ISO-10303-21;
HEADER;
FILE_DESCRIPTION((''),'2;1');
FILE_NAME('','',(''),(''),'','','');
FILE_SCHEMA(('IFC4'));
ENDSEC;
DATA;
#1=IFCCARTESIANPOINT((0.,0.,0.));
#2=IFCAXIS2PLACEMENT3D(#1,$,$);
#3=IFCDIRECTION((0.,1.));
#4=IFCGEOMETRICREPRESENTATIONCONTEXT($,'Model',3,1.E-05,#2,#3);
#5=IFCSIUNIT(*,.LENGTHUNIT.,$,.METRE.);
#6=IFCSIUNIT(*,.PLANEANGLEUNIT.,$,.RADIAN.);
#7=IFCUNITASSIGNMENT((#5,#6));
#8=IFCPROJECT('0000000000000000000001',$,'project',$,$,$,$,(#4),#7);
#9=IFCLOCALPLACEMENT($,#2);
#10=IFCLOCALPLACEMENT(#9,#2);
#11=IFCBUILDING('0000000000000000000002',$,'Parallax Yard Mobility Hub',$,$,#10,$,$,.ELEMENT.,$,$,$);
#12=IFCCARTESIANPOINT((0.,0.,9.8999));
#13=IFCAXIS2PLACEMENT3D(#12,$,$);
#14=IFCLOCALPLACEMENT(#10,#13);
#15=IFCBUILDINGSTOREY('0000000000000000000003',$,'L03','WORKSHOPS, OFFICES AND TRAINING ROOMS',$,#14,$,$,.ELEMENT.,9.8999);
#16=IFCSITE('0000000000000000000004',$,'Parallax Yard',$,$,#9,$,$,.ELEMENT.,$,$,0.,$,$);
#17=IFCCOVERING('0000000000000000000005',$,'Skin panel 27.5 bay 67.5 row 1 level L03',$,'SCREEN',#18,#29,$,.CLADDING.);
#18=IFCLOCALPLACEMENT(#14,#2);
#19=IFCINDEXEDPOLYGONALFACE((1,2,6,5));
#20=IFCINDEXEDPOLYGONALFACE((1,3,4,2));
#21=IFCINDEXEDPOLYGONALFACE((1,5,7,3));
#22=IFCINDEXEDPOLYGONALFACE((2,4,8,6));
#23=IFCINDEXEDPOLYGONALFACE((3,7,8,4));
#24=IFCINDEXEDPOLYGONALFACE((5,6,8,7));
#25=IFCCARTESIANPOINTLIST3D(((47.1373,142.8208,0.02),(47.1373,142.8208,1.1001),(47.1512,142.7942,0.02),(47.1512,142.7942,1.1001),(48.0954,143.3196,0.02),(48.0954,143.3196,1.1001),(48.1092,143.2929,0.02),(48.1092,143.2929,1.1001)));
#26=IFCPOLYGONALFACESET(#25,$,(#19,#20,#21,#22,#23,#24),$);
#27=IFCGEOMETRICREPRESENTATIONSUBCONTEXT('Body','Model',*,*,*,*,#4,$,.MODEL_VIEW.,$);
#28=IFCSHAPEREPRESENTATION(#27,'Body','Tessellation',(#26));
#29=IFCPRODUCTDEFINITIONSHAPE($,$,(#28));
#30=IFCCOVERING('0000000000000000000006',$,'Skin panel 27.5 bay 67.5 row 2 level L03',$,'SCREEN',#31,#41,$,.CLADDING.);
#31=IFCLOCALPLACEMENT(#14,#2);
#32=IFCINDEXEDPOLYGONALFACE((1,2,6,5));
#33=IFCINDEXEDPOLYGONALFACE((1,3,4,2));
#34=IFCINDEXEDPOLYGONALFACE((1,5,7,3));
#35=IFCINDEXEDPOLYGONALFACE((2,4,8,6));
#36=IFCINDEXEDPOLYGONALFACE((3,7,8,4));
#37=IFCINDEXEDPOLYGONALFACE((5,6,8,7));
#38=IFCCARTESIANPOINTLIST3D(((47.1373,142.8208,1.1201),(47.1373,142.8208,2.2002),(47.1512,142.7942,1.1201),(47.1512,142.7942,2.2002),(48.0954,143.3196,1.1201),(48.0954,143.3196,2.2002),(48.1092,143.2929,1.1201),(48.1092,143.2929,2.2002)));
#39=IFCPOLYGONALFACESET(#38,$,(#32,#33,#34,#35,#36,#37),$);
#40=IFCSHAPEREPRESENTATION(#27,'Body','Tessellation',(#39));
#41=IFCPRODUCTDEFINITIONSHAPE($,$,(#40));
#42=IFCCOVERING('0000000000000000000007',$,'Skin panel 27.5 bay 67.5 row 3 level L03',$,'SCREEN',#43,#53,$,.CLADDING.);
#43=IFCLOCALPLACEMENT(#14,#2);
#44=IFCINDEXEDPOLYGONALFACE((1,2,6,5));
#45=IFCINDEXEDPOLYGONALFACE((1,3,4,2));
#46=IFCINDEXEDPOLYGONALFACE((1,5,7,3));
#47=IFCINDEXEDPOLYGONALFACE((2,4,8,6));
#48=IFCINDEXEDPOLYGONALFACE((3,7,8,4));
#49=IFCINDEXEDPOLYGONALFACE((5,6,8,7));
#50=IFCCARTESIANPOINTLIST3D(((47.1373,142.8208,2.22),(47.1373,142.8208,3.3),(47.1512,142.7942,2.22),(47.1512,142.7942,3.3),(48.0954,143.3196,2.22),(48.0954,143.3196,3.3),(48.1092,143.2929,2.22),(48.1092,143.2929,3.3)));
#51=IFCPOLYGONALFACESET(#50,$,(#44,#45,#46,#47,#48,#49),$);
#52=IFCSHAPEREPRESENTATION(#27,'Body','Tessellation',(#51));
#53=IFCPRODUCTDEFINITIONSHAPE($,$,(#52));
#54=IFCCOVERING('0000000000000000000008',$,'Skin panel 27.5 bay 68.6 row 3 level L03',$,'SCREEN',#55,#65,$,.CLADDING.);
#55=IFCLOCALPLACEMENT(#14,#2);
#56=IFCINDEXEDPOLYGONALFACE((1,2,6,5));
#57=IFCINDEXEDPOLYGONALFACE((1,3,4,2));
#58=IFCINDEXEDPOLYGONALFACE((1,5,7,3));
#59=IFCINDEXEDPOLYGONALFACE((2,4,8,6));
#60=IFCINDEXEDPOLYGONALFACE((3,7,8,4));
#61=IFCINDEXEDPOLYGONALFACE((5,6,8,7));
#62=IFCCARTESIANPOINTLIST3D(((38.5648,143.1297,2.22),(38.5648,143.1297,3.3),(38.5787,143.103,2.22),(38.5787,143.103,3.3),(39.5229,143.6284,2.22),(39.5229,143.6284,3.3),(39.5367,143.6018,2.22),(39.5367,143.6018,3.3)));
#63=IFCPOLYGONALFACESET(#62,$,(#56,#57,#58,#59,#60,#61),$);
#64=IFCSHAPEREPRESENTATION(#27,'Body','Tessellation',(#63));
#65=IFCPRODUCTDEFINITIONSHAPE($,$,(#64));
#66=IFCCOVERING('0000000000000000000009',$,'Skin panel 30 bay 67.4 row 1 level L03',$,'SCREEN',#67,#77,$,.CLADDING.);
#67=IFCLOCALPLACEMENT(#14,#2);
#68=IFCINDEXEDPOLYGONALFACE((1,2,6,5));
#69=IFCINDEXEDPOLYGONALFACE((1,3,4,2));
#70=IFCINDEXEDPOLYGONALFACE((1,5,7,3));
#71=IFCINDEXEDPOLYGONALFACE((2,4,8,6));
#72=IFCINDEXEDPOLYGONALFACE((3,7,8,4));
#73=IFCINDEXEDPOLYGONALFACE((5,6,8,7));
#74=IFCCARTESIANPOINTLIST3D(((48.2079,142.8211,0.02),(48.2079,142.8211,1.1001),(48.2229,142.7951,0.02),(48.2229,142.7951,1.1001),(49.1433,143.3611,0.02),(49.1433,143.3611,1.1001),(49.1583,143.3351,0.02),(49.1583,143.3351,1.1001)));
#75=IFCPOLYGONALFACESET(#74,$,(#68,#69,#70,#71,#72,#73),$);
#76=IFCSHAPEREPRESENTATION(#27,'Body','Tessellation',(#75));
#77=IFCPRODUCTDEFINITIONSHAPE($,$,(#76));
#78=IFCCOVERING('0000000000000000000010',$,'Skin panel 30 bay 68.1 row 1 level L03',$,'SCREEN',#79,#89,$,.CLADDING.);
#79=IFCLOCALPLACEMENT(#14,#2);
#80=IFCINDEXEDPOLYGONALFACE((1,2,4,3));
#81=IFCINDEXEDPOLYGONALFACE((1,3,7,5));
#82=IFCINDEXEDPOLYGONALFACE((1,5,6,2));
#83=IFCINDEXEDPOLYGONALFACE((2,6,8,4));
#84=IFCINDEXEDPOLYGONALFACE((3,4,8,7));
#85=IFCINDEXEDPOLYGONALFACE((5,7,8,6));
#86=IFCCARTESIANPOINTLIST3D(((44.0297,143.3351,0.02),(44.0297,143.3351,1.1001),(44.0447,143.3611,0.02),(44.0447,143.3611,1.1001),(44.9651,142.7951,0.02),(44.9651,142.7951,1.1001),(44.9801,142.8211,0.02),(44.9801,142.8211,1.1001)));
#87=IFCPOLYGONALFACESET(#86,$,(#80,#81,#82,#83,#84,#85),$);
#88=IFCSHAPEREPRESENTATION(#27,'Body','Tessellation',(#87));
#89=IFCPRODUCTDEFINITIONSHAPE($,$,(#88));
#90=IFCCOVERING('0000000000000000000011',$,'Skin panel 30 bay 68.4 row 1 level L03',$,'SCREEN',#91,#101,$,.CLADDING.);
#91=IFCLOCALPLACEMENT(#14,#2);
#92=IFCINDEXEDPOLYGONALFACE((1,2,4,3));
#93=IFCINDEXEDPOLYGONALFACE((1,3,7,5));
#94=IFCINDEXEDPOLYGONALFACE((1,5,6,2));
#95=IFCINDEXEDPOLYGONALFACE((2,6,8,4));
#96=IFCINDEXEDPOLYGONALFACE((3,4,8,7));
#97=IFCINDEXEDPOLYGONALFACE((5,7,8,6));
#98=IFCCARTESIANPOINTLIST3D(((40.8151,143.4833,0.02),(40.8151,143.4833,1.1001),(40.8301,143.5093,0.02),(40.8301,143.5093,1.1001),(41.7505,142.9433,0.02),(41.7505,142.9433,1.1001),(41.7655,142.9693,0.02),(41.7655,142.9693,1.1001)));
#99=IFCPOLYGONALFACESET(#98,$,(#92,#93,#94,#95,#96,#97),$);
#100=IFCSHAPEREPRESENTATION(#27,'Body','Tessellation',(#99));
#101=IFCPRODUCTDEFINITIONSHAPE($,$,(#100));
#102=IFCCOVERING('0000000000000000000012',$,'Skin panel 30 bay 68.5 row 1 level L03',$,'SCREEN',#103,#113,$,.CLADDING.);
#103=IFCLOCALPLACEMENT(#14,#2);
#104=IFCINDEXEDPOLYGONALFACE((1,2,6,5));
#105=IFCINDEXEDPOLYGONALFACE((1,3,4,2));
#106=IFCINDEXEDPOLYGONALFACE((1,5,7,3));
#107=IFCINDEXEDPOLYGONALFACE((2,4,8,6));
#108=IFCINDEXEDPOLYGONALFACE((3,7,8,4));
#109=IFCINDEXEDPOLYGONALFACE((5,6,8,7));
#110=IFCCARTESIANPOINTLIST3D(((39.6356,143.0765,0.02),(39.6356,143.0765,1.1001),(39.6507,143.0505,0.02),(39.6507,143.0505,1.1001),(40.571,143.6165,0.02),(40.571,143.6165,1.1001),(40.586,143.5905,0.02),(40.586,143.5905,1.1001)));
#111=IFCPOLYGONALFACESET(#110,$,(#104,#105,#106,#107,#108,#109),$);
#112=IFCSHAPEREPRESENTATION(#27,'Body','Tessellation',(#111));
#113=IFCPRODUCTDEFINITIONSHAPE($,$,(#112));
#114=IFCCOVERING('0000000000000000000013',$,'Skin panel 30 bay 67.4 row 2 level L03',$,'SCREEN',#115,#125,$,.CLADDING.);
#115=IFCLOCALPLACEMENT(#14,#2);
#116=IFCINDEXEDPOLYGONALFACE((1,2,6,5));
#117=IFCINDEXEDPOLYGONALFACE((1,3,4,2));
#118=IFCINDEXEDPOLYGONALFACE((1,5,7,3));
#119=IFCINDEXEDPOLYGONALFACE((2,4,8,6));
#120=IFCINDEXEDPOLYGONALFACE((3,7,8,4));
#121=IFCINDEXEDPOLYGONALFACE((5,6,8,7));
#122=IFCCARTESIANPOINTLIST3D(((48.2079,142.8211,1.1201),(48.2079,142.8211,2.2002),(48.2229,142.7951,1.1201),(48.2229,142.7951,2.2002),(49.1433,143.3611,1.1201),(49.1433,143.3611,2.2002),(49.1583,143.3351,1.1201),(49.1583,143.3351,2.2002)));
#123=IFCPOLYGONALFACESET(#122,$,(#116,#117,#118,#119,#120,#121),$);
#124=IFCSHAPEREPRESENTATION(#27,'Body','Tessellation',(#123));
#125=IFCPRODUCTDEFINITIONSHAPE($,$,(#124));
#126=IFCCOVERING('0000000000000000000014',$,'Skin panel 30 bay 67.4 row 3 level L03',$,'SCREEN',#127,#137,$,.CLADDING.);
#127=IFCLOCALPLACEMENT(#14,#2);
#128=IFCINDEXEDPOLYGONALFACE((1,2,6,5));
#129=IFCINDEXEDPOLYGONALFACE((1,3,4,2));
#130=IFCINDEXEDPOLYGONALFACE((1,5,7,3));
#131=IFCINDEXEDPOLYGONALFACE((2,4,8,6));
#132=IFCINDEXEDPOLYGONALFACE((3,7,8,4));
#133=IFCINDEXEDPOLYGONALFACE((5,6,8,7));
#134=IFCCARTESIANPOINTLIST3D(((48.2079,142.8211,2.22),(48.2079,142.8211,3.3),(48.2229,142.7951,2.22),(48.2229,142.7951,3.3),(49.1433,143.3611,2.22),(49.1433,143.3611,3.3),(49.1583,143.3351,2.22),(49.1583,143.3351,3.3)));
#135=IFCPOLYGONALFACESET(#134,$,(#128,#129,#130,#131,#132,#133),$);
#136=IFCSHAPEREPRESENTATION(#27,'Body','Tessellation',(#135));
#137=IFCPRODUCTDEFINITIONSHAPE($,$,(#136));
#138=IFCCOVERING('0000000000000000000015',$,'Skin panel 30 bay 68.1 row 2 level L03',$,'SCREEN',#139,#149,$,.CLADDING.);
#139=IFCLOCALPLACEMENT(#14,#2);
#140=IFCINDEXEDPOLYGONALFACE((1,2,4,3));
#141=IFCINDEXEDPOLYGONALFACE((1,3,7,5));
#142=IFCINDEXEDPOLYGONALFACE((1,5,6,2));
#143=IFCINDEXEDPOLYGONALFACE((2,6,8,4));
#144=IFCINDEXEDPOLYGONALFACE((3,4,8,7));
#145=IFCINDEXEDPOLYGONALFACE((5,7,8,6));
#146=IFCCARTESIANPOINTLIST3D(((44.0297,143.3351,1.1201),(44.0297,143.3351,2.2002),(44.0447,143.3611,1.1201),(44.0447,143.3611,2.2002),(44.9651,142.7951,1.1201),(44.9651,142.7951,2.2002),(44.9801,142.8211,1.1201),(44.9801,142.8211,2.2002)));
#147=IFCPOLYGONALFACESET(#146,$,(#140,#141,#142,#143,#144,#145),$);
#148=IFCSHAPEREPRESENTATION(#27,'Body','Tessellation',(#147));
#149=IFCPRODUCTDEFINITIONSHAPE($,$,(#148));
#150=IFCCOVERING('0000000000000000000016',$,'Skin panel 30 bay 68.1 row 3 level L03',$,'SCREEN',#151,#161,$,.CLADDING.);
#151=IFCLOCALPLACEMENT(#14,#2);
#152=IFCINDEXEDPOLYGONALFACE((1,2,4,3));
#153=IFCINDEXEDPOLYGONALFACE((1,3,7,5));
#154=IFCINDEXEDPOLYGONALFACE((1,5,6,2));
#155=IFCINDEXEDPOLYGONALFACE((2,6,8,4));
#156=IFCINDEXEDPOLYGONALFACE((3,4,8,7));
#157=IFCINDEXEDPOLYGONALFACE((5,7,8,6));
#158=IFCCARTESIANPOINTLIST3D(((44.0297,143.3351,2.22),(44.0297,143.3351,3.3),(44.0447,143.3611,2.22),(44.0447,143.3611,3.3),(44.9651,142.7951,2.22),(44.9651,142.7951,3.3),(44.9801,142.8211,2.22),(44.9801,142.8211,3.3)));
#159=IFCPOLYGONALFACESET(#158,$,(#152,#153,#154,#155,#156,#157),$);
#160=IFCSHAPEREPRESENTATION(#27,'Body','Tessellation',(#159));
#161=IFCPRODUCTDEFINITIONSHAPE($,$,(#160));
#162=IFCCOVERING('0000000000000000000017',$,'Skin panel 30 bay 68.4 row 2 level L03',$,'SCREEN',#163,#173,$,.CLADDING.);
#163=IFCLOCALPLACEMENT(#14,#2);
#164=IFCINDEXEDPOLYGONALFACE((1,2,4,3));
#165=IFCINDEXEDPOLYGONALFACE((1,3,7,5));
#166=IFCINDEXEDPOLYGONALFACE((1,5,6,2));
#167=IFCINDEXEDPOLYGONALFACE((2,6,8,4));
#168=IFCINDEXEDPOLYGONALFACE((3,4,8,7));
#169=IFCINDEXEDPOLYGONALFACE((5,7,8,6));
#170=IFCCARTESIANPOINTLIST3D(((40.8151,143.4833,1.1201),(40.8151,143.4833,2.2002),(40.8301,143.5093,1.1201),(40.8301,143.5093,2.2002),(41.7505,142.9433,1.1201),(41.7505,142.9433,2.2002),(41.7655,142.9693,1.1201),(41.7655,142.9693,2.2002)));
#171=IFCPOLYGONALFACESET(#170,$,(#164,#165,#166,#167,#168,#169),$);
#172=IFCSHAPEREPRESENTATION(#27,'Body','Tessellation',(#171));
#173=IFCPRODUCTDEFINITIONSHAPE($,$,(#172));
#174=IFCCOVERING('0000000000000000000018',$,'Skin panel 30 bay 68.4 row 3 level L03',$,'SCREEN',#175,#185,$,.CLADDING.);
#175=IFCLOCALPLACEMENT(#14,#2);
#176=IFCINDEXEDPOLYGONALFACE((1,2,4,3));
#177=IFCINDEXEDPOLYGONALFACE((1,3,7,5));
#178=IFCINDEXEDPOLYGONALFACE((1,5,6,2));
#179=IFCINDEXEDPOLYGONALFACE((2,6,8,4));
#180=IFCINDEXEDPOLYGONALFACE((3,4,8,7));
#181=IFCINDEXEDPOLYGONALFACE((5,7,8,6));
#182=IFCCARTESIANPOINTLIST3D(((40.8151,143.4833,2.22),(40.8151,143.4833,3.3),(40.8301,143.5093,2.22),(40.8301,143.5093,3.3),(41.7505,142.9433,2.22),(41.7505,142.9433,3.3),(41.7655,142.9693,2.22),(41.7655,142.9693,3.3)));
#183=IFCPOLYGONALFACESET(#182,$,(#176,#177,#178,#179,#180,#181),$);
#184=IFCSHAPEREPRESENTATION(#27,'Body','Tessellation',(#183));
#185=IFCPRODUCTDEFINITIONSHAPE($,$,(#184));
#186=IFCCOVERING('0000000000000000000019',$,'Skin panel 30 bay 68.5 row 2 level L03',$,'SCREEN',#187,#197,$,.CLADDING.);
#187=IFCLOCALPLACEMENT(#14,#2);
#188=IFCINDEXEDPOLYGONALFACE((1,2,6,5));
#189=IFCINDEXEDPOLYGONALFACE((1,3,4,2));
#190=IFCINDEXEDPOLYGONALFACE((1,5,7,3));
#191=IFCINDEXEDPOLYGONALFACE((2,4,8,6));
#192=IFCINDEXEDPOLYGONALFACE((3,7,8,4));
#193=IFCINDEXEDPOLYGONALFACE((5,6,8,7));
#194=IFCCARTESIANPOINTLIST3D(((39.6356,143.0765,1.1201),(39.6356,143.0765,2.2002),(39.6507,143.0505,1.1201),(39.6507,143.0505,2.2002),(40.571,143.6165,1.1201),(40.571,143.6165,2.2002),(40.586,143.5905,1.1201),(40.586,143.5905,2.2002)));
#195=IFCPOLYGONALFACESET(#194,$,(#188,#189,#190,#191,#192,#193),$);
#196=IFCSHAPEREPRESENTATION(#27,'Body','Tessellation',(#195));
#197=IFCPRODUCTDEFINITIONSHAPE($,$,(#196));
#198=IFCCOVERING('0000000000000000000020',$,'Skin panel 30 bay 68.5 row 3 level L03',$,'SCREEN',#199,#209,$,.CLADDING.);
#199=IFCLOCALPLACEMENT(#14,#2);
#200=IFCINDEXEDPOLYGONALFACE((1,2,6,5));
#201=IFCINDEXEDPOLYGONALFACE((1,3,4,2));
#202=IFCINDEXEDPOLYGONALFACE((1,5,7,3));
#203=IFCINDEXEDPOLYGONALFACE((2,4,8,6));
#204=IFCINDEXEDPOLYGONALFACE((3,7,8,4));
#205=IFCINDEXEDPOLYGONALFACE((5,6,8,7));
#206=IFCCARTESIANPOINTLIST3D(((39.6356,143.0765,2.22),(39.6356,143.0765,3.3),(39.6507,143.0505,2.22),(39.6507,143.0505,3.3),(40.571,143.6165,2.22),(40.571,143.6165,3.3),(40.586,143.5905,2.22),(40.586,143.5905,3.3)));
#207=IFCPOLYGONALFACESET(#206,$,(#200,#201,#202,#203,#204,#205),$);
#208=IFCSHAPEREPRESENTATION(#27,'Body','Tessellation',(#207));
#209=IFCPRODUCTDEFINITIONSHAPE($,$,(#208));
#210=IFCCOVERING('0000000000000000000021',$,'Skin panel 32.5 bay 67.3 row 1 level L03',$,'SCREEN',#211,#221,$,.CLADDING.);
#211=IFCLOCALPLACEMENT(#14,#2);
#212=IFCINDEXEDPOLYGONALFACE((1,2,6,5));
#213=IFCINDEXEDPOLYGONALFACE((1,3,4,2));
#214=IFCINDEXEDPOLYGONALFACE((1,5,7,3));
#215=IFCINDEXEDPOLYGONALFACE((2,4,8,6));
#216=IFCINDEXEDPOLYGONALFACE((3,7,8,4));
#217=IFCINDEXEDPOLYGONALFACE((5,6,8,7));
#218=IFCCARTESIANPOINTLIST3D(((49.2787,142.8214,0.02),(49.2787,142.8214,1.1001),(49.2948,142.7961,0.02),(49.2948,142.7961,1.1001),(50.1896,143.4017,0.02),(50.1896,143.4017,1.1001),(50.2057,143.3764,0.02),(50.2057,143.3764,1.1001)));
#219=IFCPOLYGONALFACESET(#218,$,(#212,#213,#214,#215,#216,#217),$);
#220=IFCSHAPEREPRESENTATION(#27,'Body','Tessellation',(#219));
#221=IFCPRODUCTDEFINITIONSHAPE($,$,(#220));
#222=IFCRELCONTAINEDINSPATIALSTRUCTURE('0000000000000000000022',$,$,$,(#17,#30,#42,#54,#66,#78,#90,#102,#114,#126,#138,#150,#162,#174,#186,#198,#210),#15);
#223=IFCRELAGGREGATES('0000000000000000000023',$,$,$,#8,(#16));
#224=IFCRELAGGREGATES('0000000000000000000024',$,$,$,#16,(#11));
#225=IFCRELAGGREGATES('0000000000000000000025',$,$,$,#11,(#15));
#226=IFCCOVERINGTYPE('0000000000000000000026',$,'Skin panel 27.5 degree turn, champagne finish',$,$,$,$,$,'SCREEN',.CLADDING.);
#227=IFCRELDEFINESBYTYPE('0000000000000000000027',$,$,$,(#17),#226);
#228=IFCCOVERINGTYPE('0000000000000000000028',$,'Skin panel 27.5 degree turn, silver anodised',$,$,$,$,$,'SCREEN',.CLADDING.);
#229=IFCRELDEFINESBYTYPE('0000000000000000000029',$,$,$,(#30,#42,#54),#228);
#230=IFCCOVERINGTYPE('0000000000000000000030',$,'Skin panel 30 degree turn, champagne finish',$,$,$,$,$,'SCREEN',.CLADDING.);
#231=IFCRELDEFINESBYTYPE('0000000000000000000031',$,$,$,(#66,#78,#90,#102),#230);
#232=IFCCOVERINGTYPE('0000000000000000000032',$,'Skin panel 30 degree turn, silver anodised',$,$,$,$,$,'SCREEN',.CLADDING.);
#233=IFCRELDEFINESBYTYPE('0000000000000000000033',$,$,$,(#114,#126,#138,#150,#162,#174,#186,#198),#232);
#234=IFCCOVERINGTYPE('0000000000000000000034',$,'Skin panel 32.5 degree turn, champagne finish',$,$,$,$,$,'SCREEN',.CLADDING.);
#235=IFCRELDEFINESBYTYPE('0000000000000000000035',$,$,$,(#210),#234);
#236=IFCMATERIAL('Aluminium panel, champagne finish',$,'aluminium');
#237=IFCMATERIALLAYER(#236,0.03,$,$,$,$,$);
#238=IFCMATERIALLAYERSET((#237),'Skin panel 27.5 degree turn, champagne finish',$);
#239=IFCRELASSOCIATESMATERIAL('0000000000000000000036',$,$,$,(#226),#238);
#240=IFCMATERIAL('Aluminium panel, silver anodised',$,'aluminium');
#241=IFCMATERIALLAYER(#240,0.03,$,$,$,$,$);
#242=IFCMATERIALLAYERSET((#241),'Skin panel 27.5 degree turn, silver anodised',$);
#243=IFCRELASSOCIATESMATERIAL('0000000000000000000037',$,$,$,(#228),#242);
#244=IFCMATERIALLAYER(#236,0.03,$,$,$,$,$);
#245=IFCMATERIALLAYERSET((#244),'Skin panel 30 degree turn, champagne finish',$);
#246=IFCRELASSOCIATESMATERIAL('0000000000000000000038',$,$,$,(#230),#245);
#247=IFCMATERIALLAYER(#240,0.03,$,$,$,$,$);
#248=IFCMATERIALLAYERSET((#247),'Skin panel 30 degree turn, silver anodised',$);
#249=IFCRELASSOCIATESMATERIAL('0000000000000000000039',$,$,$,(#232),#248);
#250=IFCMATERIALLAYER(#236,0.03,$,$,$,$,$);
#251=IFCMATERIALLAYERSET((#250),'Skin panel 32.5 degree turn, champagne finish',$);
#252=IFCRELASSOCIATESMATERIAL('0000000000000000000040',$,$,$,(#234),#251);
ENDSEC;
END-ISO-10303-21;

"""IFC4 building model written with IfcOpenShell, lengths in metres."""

from ifc_helpers import new_model, si_unit, direction, frame, origin, origin_2d, place, context, subcontext, project, spatial, rectangle, extrude, material, layer, layer_set, type_object, element, save


model = new_model("IFC4")

# Units and contexts
model_context = context("Model", 3, precision=1e-05, world=origin(), true_north=direction((0.0, 1.0)))
body_context = subcontext(model_context, "Body", "Model", "MODEL_VIEW")
ifc_project = project(units=[si_unit("LENGTHUNIT", "METRE"), si_unit("PLANEANGLEUNIT", "RADIAN")], contexts=[model_context])

# Site, building, storey
site_placement = place(None, origin())
site = spatial("IfcSite", under=ifc_project, at=site_placement, Name="Parallax Yard", CompositionType="ELEMENT", RefElevation=0.0)
building_placement = place(site_placement, origin())
building = spatial("IfcBuilding", under=site, at=building_placement, Name="Parallax Yard Mobility Hub", CompositionType="ELEMENT")
storey_placement = place(building_placement, frame((0.0, 0.0, 9.8999)))
storey = spatial("IfcBuildingStorey", under=building, at=storey_placement, Name="L03", Description="WORKSHOPS, OFFICES AND TRAINING ROOMS", CompositionType="ELEMENT", Elevation=9.8999)

# Coverings
ifc_material_1 = material(Name="Aluminium panel, champagne finish", Category="aluminium")
ifc_layer_1 = layer(ifc_material_1, 0.03)
ifc_layer_set_1 = layer_set([ifc_layer_1], Name="Skin panel 27.5 degree turn, champagne finish")
covering_type_1 = type_object("IfcCoveringType", Name="Skin panel 27.5 degree turn, champagne finish", ElementType="SCREEN", PredefinedType="CLADDING", material=ifc_layer_set_1)
covering_1_placement = place(storey_placement, frame((47.6233, 143.0569, 0.02), z_axis=(0.0, 0.0, 1.0), x_axis=(0.887011, 0.461749, 0.0)))
element("IfcCovering", 1, at=covering_1_placement, inside=storey, type_object=covering_type_1, Name="Skin panel 27.5 bay 67.5 row 1 level L03", ObjectType="SCREEN", PredefinedType="CLADDING", context=body_context, shape_type="SweptSolid", body=[
    extrude(rectangle(XDim=1.0801, YDim=0.03, at=origin_2d()), origin(), (0.0, 0.0, 1.0), 1.0801),
])
ifc_material_2 = material(Name="Aluminium panel, silver anodised", Category="aluminium")
ifc_layer_2 = layer(ifc_material_2, 0.03)
ifc_layer_set_2 = layer_set([ifc_layer_2], Name="Skin panel 27.5 degree turn, silver anodised")
covering_type_2 = type_object("IfcCoveringType", Name="Skin panel 27.5 degree turn, silver anodised", ElementType="SCREEN", PredefinedType="CLADDING", material=ifc_layer_set_2)
for number, where, z_axis, x_axis, name in (
    (2, (47.6233, 143.0569, 1.1201), (0.0, 0.0, 1.0), (0.887011, 0.461749, 0.0), "Skin panel 27.5 bay 67.5 row 2 level L03"),
    (3, (47.6233, 143.0569, 2.22), (0.0, 0.0, 1.0), (0.887011, 0.461749, 0.0), "Skin panel 27.5 bay 67.5 row 3 level L03"),
    (4, (39.0508, 143.3657, 2.22), (0.0, 0.0, 1.0), (0.887011, 0.461749, 0.0), "Skin panel 27.5 bay 68.6 row 3 level L03"),
):
    element("IfcCovering", number, at=place(storey_placement, frame(where, z_axis=z_axis, x_axis=x_axis)), inside=storey, type_object=covering_type_2, Name=name, ObjectType="SCREEN", PredefinedType="CLADDING", context=body_context, shape_type="SweptSolid", body=[
        extrude(rectangle(XDim=1.0801, YDim=0.03, at=origin_2d()), origin(), (0.0, 0.0, 1.0), 1.0801),
    ])
ifc_layer_3 = layer(ifc_material_1, 0.03)
ifc_layer_set_3 = layer_set([ifc_layer_3], Name="Skin panel 30 degree turn, champagne finish")
covering_type_3 = type_object("IfcCoveringType", Name="Skin panel 30 degree turn, champagne finish", ElementType="SCREEN", PredefinedType="CLADDING", material=ifc_layer_set_3)
for number, where, z_axis, x_axis, name in (
    (5, (48.6831, 143.0781, 0.02), (0.0, 0.0, 1.0), (0.866025, 0.5, 0.0), "Skin panel 30 bay 67.4 row 1 level L03"),
    (6, (44.5049, 143.0781, 0.02), (0.0, 0.0, 1.0), (-0.866025, 0.5, 0.0), "Skin panel 30 bay 68.1 row 1 level L03"),
    (7, (41.2903, 143.2263, 0.02), (0.0, 0.0, 1.0), (-0.866025, 0.5, 0.0), "Skin panel 30 bay 68.4 row 1 level L03"),
    (8, (40.1108, 143.3335, 0.02), (0.0, 0.0, 1.0), (0.866025, 0.5, 0.0), "Skin panel 30 bay 68.5 row 1 level L03"),
):
    element("IfcCovering", number, at=place(storey_placement, frame(where, z_axis=z_axis, x_axis=x_axis)), inside=storey, type_object=covering_type_3, Name=name, ObjectType="SCREEN", PredefinedType="CLADDING", context=body_context, shape_type="SweptSolid", body=[
        extrude(rectangle(XDim=1.0801, YDim=0.03, at=origin_2d()), origin(), (0.0, 0.0, 1.0), 1.0801),
    ])
ifc_layer_4 = layer(ifc_material_2, 0.03)
ifc_layer_set_4 = layer_set([ifc_layer_4], Name="Skin panel 30 degree turn, silver anodised")
covering_type_4 = type_object("IfcCoveringType", Name="Skin panel 30 degree turn, silver anodised", ElementType="SCREEN", PredefinedType="CLADDING", material=ifc_layer_set_4)
for number, where, z_axis, x_axis, name in (
    (9, (48.6831, 143.0781, 1.1201), (0.0, 0.0, 1.0), (0.866025, 0.5, 0.0), "Skin panel 30 bay 67.4 row 2 level L03"),
    (10, (48.6831, 143.0781, 2.22), (0.0, 0.0, 1.0), (0.866025, 0.5, 0.0), "Skin panel 30 bay 67.4 row 3 level L03"),
    (11, (44.5049, 143.0781, 1.1201), (0.0, 0.0, 1.0), (-0.866025, 0.5, 0.0), "Skin panel 30 bay 68.1 row 2 level L03"),
    (12, (44.5049, 143.0781, 2.22), (0.0, 0.0, 1.0), (-0.866025, 0.5, 0.0), "Skin panel 30 bay 68.1 row 3 level L03"),
    (13, (41.2903, 143.2263, 1.1201), (0.0, 0.0, 1.0), (-0.866025, 0.5, 0.0), "Skin panel 30 bay 68.4 row 2 level L03"),
    (14, (41.2903, 143.2263, 2.22), (0.0, 0.0, 1.0), (-0.866025, 0.5, 0.0), "Skin panel 30 bay 68.4 row 3 level L03"),
    (15, (40.1108, 143.3335, 1.1201), (0.0, 0.0, 1.0), (0.866025, 0.5, 0.0), "Skin panel 30 bay 68.5 row 2 level L03"),
    (16, (40.1108, 143.3335, 2.22), (0.0, 0.0, 1.0), (0.866025, 0.5, 0.0), "Skin panel 30 bay 68.5 row 3 level L03"),
):
    element("IfcCovering", number, at=place(storey_placement, frame(where, z_axis=z_axis, x_axis=x_axis)), inside=storey, type_object=covering_type_4, Name=name, ObjectType="SCREEN", PredefinedType="CLADDING", context=body_context, shape_type="SweptSolid", body=[
        extrude(rectangle(XDim=1.0801, YDim=0.03, at=origin_2d()), origin(), (0.0, 0.0, 1.0), 1.0801),
    ])
ifc_layer_5 = layer(ifc_material_1, 0.03)
ifc_layer_set_5 = layer_set([ifc_layer_5], Name="Skin panel 32.5 degree turn, champagne finish")
covering_type_5 = type_object("IfcCoveringType", Name="Skin panel 32.5 degree turn, champagne finish", ElementType="SCREEN", PredefinedType="CLADDING", material=ifc_layer_set_5)
for number, where, z_axis, x_axis, name in (
    (17, (49.7422, 143.0989, 0.02), (0.0, 0.0, 1.0), (0.843391, 0.5373, 0.0), "Skin panel 32.5 bay 67.3 row 1 level L03"),
):
    element("IfcCovering", number, at=place(storey_placement, frame(where, z_axis=z_axis, x_axis=x_axis)), inside=storey, type_object=covering_type_5, Name=name, ObjectType="SCREEN", PredefinedType="CLADDING", context=body_context, shape_type="SweptSolid", body=[
        extrude(rectangle(XDim=1.0801, YDim=0.03, at=origin_2d()), origin(), (0.0, 0.0, 1.0), 1.0801),
    ])

save(model, "model.ifc")
